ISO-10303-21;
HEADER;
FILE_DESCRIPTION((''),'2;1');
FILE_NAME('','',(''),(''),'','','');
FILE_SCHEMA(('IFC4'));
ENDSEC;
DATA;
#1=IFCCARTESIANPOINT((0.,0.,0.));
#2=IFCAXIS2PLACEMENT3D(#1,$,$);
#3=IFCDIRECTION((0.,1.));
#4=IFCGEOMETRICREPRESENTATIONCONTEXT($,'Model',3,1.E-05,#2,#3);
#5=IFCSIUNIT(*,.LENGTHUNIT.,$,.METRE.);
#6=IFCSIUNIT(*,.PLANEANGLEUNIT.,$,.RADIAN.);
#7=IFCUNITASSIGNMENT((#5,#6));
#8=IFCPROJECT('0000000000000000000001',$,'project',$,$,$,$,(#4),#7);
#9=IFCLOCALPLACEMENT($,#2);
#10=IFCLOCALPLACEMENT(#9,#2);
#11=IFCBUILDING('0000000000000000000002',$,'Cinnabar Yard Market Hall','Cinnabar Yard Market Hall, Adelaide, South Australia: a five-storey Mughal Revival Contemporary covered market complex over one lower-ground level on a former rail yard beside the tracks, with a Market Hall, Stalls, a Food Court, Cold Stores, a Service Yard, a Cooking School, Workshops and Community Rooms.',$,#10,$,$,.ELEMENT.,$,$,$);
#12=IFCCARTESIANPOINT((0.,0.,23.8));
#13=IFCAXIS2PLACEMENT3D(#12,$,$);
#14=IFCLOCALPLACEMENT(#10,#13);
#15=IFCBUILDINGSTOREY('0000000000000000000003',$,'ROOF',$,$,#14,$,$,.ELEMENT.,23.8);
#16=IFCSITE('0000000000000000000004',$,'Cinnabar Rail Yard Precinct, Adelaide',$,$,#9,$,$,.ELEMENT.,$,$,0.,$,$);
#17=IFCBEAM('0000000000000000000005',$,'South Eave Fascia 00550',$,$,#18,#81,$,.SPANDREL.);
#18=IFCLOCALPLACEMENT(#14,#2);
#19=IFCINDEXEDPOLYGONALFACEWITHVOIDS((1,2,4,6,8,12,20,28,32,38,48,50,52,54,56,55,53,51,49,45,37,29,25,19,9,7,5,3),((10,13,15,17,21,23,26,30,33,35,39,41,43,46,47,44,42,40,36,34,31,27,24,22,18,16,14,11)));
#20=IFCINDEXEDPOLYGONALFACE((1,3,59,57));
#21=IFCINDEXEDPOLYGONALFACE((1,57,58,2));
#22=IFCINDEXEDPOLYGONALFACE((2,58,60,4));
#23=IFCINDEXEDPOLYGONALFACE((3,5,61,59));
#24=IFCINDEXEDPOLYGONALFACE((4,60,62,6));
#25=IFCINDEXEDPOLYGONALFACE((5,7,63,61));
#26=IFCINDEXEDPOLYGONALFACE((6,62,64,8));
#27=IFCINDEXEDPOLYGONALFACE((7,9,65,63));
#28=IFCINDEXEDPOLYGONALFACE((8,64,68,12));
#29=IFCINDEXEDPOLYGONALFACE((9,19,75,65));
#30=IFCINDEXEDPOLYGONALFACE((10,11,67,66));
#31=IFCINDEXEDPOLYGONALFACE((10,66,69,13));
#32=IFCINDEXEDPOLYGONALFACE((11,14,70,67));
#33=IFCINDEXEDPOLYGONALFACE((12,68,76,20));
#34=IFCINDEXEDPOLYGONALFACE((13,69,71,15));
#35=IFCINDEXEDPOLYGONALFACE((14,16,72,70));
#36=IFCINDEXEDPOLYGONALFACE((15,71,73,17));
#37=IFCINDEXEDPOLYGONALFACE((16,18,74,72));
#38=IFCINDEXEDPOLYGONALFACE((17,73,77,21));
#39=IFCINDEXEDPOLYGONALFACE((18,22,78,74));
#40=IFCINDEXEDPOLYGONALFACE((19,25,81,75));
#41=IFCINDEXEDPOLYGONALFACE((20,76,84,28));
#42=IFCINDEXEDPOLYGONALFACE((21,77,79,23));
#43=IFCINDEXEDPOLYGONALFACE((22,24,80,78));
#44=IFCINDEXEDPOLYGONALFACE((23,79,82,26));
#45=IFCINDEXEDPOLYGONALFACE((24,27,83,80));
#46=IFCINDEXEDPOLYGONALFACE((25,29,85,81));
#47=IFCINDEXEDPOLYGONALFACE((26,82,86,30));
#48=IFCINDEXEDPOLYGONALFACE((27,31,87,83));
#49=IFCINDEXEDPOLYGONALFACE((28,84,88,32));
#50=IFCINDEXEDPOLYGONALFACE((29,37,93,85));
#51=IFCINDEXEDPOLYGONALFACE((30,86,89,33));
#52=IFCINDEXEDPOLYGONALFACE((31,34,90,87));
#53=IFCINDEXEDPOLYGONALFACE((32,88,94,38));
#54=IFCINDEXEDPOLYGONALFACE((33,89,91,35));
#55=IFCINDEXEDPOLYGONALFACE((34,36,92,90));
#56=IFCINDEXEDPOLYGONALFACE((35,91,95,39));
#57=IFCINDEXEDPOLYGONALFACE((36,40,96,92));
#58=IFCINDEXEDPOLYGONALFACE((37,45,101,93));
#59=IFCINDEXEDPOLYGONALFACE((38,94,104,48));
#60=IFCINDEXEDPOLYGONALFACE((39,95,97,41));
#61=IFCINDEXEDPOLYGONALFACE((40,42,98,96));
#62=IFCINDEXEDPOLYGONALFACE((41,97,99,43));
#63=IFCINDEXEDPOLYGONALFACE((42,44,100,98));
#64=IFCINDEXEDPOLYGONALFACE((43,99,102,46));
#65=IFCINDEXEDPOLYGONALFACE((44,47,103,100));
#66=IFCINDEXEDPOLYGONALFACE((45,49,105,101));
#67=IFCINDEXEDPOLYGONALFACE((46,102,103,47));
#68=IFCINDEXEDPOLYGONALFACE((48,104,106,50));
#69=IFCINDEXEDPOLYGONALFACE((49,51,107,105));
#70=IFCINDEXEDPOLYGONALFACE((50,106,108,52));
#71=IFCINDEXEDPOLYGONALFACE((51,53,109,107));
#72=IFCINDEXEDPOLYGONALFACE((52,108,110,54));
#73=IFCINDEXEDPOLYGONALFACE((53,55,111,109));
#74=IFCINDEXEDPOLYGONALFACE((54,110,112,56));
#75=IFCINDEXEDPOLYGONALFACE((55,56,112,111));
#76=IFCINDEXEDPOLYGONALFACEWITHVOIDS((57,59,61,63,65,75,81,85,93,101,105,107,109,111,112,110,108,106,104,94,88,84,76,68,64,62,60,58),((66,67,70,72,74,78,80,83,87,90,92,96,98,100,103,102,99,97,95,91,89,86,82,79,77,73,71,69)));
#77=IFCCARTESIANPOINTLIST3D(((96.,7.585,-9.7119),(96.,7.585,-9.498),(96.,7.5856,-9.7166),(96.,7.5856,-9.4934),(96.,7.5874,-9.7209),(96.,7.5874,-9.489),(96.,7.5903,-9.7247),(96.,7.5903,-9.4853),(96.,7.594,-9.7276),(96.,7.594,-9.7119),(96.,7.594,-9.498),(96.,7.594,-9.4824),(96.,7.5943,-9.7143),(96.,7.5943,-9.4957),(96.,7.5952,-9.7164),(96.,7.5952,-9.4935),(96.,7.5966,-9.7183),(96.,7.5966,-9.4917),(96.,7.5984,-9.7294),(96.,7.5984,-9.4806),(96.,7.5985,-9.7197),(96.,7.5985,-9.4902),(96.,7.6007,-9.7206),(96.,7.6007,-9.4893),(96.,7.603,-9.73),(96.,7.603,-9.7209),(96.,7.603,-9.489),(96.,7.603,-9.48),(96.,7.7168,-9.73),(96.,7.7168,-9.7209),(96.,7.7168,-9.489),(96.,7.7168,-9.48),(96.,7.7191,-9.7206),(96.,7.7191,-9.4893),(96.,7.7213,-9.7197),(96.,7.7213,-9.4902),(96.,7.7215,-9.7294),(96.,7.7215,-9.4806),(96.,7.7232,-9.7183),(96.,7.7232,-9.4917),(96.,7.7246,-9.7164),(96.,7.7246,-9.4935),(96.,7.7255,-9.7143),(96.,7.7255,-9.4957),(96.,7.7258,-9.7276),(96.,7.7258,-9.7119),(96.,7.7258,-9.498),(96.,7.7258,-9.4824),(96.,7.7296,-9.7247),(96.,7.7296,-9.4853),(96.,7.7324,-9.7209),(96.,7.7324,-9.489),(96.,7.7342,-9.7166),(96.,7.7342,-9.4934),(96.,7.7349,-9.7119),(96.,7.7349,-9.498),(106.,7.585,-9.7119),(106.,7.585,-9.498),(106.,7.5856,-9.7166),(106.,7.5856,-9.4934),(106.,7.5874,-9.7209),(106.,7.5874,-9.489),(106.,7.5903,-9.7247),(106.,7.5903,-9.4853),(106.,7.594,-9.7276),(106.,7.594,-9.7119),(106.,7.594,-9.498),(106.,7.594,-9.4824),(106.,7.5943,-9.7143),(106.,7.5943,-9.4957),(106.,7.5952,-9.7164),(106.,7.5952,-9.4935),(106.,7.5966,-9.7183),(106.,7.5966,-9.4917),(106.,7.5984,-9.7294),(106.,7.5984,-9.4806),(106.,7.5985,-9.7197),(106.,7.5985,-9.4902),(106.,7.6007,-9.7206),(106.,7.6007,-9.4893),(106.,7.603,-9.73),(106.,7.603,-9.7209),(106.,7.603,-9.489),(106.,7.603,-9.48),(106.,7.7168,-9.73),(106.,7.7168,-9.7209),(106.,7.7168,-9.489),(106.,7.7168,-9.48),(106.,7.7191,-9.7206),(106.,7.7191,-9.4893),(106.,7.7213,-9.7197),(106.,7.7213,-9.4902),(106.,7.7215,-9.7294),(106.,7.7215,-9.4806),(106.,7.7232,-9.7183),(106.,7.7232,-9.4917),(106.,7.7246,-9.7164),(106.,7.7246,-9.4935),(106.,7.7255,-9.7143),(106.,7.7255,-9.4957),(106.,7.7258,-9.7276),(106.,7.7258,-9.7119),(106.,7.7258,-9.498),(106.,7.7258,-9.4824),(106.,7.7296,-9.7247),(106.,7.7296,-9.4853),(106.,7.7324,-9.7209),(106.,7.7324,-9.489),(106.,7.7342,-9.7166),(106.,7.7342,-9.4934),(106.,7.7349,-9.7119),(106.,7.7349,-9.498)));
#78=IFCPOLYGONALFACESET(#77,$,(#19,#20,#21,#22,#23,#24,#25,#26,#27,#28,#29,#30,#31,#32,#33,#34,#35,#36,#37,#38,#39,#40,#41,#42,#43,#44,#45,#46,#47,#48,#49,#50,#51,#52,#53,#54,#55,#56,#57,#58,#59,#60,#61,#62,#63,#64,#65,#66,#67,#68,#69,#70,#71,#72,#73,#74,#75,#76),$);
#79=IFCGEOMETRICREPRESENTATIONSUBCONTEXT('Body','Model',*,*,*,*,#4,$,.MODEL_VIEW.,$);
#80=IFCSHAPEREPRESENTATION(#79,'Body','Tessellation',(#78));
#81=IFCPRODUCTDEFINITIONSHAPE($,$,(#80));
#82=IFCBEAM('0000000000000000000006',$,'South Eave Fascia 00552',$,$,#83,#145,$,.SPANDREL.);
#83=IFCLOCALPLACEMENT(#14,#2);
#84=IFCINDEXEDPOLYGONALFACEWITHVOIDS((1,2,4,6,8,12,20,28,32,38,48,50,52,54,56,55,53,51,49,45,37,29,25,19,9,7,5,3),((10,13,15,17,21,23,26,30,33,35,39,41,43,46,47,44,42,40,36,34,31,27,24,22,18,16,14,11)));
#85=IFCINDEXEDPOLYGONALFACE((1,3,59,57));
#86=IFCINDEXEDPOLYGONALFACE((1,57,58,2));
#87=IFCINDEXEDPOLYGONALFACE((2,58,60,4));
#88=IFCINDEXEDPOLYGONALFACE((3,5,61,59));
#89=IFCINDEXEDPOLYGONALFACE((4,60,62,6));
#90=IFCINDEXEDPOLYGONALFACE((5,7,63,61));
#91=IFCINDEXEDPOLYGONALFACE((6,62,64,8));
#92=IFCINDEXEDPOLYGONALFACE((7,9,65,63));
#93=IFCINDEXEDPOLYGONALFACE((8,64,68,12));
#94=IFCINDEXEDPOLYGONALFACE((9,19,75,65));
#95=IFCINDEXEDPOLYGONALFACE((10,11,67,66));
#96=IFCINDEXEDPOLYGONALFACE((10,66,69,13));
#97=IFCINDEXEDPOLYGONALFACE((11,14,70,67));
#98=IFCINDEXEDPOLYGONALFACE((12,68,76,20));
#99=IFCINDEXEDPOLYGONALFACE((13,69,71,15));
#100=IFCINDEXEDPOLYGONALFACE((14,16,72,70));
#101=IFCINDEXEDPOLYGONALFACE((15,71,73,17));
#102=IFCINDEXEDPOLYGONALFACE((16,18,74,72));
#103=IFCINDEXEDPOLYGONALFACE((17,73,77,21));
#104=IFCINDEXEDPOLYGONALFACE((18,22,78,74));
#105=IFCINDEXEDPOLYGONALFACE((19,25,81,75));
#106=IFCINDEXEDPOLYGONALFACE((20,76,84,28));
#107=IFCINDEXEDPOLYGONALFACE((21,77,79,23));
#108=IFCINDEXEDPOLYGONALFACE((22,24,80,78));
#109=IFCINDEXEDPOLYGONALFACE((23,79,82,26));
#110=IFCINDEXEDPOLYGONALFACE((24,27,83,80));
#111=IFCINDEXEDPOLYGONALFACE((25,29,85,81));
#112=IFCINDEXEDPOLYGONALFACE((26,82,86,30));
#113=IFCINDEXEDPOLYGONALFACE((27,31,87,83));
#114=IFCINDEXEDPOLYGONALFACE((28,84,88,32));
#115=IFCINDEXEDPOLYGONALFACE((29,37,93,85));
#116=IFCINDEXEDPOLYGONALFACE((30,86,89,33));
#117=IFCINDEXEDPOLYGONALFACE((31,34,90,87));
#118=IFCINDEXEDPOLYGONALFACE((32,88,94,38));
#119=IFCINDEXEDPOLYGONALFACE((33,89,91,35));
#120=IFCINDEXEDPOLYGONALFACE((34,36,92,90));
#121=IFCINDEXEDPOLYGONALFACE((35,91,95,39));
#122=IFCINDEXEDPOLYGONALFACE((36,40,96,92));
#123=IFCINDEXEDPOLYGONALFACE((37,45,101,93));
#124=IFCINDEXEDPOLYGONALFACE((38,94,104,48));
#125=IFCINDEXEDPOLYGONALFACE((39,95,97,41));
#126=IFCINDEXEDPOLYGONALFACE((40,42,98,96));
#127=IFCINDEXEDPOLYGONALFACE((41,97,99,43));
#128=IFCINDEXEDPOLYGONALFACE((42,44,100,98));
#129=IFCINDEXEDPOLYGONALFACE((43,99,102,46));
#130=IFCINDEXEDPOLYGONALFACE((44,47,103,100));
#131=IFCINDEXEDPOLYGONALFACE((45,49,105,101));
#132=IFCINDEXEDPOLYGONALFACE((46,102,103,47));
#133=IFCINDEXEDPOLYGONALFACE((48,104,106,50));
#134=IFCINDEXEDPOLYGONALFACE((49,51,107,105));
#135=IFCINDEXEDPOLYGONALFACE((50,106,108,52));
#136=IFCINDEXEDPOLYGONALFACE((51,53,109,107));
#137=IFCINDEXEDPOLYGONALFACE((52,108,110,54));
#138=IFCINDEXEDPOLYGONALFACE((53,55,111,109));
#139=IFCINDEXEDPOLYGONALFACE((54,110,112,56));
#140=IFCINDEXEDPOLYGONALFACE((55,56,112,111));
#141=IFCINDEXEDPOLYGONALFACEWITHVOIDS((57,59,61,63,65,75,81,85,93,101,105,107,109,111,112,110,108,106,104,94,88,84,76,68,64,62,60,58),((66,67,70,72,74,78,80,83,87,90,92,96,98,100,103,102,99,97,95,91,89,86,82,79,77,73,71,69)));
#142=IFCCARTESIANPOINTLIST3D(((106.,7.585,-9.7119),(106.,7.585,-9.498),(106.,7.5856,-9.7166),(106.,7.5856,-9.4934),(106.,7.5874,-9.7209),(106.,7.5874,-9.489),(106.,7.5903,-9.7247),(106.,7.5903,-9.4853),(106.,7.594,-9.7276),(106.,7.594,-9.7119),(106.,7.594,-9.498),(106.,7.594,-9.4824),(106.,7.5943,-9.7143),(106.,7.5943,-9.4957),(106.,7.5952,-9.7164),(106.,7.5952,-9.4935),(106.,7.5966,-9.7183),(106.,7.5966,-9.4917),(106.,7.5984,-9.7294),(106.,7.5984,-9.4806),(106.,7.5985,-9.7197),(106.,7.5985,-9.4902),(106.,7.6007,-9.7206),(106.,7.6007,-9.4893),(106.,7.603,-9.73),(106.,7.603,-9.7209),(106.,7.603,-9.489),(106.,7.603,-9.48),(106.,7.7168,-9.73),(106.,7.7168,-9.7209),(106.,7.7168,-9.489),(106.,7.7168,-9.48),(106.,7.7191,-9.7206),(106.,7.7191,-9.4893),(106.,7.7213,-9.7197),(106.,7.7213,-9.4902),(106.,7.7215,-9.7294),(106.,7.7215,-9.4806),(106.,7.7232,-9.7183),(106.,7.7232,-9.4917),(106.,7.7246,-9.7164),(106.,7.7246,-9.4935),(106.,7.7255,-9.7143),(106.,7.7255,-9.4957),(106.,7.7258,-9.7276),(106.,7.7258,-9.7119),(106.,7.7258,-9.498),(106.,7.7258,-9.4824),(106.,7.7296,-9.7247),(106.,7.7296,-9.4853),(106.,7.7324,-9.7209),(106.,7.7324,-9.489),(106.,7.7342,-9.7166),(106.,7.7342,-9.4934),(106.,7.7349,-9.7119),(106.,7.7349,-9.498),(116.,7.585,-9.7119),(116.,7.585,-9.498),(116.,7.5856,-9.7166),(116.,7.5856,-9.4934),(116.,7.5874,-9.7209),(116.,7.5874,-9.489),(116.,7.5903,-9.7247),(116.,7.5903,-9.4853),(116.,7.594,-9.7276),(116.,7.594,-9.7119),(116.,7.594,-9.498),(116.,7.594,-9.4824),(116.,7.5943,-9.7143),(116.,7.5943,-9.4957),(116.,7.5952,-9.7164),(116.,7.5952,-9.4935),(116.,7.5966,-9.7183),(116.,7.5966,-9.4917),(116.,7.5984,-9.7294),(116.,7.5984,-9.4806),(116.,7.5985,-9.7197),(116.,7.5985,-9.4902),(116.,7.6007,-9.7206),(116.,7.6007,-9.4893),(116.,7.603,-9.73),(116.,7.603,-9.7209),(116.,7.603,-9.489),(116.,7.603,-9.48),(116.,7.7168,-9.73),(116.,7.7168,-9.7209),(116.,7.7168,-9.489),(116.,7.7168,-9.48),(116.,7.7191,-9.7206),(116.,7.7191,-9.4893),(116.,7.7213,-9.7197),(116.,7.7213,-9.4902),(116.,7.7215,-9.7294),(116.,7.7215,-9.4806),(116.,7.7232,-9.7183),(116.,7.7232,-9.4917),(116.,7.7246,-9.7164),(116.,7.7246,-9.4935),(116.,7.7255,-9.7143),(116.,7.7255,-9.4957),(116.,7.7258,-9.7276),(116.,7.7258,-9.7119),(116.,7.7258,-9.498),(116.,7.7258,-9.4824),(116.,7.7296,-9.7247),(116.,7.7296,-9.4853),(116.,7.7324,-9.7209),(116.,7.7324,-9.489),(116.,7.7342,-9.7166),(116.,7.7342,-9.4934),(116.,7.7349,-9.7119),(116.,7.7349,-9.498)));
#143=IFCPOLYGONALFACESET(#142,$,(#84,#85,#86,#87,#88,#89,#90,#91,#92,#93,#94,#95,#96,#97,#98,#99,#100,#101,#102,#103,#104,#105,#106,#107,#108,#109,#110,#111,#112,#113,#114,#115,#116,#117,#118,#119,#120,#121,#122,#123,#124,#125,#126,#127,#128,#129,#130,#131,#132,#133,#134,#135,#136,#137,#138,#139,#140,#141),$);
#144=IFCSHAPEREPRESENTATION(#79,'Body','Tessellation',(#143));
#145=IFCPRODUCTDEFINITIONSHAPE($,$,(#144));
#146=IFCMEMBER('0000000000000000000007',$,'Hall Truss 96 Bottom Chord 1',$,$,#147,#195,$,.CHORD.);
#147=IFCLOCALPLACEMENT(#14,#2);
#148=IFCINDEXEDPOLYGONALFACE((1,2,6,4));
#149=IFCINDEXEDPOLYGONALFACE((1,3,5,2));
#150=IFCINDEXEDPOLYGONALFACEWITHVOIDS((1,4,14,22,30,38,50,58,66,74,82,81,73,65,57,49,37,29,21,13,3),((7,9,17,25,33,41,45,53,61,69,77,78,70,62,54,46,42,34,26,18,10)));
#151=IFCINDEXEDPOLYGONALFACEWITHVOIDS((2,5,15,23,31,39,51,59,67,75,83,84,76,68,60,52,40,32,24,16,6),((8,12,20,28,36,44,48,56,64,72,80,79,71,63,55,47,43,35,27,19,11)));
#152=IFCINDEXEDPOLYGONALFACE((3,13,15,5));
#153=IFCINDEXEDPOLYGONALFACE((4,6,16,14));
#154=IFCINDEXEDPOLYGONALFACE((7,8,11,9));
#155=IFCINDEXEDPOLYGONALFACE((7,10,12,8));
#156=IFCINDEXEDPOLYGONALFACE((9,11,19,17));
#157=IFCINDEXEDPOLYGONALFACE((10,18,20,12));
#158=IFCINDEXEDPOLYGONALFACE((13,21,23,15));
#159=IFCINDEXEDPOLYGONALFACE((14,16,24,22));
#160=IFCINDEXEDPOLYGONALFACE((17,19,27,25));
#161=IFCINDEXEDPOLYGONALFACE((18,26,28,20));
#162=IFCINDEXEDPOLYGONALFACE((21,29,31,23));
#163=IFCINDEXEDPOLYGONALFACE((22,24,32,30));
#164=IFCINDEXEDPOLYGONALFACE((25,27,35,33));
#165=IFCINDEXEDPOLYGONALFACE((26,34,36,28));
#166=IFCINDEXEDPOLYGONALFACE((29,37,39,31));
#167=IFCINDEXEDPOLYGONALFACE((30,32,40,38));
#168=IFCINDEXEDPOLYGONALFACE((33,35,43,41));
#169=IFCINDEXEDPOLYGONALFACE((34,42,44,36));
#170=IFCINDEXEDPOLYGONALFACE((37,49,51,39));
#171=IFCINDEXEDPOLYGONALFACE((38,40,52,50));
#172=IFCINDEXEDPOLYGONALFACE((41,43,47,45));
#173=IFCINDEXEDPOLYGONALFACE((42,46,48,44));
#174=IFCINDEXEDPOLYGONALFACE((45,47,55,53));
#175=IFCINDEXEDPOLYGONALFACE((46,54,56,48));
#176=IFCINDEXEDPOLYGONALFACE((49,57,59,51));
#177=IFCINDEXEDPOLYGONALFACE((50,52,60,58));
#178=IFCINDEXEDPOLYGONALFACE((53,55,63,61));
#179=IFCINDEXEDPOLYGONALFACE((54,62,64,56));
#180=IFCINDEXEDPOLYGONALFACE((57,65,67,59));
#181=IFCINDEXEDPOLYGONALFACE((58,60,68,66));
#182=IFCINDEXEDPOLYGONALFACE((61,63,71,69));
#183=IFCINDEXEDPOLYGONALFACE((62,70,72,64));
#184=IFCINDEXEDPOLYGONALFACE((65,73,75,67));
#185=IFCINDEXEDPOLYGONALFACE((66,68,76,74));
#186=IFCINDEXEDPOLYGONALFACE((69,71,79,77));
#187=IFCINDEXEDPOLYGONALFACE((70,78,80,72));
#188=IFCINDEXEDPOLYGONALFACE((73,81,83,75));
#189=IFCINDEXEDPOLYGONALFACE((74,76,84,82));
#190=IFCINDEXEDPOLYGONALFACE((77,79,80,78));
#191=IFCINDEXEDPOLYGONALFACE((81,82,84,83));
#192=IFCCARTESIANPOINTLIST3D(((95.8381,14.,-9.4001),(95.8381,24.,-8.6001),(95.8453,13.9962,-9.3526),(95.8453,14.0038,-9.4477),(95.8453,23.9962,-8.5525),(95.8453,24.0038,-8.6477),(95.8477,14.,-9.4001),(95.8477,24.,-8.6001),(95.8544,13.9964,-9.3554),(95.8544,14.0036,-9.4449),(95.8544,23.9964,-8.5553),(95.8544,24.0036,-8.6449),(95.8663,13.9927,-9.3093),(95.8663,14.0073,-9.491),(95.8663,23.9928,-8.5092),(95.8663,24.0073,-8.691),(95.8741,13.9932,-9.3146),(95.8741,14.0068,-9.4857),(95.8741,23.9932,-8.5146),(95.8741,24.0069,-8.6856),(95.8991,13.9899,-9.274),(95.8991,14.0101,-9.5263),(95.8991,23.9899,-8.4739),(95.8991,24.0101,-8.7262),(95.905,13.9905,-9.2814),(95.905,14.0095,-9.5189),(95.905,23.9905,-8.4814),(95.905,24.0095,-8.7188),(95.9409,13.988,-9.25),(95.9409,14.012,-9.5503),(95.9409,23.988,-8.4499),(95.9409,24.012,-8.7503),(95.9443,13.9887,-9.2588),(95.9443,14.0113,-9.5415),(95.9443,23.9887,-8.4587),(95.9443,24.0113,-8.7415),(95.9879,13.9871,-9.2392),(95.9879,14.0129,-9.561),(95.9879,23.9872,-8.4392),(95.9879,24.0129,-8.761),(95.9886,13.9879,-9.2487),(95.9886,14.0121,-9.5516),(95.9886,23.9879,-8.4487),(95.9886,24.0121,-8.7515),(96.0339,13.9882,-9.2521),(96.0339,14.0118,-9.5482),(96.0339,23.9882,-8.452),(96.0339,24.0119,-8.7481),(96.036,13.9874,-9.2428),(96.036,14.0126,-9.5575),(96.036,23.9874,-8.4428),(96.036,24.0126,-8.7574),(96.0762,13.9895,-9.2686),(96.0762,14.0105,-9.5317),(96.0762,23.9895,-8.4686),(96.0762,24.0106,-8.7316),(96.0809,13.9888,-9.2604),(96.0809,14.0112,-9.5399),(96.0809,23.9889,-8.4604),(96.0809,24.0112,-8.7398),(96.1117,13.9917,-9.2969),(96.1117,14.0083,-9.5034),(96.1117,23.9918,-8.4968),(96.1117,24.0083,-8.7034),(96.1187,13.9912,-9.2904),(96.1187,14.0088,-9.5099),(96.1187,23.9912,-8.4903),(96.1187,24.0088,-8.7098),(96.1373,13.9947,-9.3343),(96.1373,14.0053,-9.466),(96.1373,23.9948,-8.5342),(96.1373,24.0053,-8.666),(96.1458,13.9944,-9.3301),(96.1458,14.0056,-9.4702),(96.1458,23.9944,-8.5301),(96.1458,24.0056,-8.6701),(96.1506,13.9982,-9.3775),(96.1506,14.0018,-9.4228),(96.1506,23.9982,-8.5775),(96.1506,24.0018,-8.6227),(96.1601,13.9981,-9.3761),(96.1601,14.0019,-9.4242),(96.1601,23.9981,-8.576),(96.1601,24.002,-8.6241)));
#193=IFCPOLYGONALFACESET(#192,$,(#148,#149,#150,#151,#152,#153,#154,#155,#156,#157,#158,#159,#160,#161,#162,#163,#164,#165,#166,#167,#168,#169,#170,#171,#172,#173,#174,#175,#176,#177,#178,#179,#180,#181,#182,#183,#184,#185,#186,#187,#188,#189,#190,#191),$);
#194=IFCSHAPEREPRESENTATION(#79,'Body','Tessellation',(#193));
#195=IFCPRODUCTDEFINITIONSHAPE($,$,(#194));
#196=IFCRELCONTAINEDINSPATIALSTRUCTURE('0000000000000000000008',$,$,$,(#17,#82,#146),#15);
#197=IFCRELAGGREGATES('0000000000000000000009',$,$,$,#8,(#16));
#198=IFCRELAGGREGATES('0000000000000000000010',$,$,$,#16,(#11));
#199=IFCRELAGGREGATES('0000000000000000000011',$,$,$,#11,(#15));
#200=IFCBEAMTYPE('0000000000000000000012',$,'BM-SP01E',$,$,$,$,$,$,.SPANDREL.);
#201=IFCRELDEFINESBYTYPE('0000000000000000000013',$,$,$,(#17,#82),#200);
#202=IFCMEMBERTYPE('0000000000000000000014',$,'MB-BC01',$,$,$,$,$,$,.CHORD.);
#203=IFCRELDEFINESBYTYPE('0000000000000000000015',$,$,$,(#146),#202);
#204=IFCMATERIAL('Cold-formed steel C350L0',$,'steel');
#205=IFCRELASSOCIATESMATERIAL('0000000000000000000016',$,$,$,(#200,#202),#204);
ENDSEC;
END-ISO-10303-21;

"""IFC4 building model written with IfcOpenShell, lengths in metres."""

from ifc_helpers import new_model, si_unit, direction, frame, origin, origin_2d_with_axis, place, context, subcontext, project, spatial, hollow_rectangle, hollow_circle, extrude, material, material_profile, profile_set, type_object, element, save


model = new_model("IFC4")

# Units and contexts
model_context = context("Model", 3, precision=1e-05, world=origin(), true_north=direction((0.0, 1.0)))
body_context = subcontext(model_context, "Body", "Model", "MODEL_VIEW")
ifc_project = project(units=[si_unit("LENGTHUNIT", "METRE"), si_unit("PLANEANGLEUNIT", "RADIAN")], contexts=[model_context])

# Site, building, storey
site_placement = place(None, origin())
site = spatial("IfcSite", under=ifc_project, at=site_placement, Name="Cinnabar Rail Yard Precinct, Adelaide", CompositionType="ELEMENT", RefElevation=0.0)
building_placement = place(site_placement, origin())
building = spatial("IfcBuilding", under=site, at=building_placement, Name="Cinnabar Yard Market Hall", Description="Cinnabar Yard Market Hall, Adelaide, South Australia: a five-storey Mughal Revival Contemporary covered market complex over one lower-ground level on a former rail yard beside the tracks, with a Market Hall, Stalls, a Food Court, Cold Stores, a Service Yard, a Cooking School, Workshops and Community Rooms.", CompositionType="ELEMENT")
storey_placement = place(building_placement, frame((0.0, 0.0, 23.8)))
storey = spatial("IfcBuildingStorey", under=building, at=storey_placement, Name="ROOF", CompositionType="ELEMENT", Elevation=23.8)

# Beams
ifc_material_1 = material(Name="Cold-formed steel C350L0", Category="steel")
ifc_material_profile_1 = material_profile(ifc_material_1, hollow_rectangle(XDim=0.1499, YDim=0.25, WallThickness=0.009, InnerFilletRadius=0.009, OuterFilletRadius=0.0181, at=origin_2d_with_axis()), Name="250x150x9.0RHS")
ifc_profile_set_1 = profile_set([ifc_material_profile_1], Name="Cold-formed steel C350L0")
beam_type_1 = type_object("IfcBeamType", Name="BM-SP01E", PredefinedType="SPANDREL", material=ifc_profile_set_1)
for number, where, z_axis, x_axis, name in (
    (1, (96.0, 7.6599, -9.605), (1.0, 0.0, 0.0), (0.0, 1.0, 0.0), "South Eave Fascia 00550"),
    (2, (106.0, 7.6599, -9.605), (1.0, 0.0, 0.0), (0.0, 1.0, 0.0), "South Eave Fascia 00552"),
):
    element("IfcBeam", number, at=place(storey_placement, frame(where, z_axis=z_axis, x_axis=x_axis)), inside=storey, type_object=beam_type_1, Name=name, PredefinedType="SPANDREL", context=body_context, shape_type="SweptSolid", body=[
        extrude(hollow_rectangle(XDim=0.1499, YDim=0.25, WallThickness=0.009, InnerFilletRadius=0.009, OuterFilletRadius=0.0181, at=origin_2d_with_axis()), origin(), (0.0, 0.0, 1.0), 10.0),
    ])

# Member
ifc_material_profile_2 = material_profile(ifc_material_1, hollow_circle(Radius=0.1619, WallThickness=0.0095, at=origin_2d_with_axis()), Name="323.9x9.5CHS")
ifc_profile_set_2 = profile_set([ifc_material_profile_2], Name="Cold-formed steel C350L0")
member_type_1 = type_object("IfcMemberType", Name="MB-BC01", PredefinedType="CHORD", material=ifc_profile_set_2)
for number, where, z_axis, x_axis, name in (
    (3, (96.0, 14.0, -9.4001), (0.0, 0.996815, 0.07975), (-1.0, 0.0, 0.0), "Hall Truss 96 Bottom Chord 1"),
):
    element("IfcMember", number, at=place(storey_placement, frame(where, z_axis=z_axis, x_axis=x_axis)), inside=storey, type_object=member_type_1, Name=name, PredefinedType="CHORD", context=body_context, shape_type="SweptSolid", body=[
        extrude(hollow_circle(Radius=0.1619, WallThickness=0.0095, at=origin_2d_with_axis()), origin(), (0.0, 0.0, 1.0), 10.032),
    ])

save(model, "model.ifc")
